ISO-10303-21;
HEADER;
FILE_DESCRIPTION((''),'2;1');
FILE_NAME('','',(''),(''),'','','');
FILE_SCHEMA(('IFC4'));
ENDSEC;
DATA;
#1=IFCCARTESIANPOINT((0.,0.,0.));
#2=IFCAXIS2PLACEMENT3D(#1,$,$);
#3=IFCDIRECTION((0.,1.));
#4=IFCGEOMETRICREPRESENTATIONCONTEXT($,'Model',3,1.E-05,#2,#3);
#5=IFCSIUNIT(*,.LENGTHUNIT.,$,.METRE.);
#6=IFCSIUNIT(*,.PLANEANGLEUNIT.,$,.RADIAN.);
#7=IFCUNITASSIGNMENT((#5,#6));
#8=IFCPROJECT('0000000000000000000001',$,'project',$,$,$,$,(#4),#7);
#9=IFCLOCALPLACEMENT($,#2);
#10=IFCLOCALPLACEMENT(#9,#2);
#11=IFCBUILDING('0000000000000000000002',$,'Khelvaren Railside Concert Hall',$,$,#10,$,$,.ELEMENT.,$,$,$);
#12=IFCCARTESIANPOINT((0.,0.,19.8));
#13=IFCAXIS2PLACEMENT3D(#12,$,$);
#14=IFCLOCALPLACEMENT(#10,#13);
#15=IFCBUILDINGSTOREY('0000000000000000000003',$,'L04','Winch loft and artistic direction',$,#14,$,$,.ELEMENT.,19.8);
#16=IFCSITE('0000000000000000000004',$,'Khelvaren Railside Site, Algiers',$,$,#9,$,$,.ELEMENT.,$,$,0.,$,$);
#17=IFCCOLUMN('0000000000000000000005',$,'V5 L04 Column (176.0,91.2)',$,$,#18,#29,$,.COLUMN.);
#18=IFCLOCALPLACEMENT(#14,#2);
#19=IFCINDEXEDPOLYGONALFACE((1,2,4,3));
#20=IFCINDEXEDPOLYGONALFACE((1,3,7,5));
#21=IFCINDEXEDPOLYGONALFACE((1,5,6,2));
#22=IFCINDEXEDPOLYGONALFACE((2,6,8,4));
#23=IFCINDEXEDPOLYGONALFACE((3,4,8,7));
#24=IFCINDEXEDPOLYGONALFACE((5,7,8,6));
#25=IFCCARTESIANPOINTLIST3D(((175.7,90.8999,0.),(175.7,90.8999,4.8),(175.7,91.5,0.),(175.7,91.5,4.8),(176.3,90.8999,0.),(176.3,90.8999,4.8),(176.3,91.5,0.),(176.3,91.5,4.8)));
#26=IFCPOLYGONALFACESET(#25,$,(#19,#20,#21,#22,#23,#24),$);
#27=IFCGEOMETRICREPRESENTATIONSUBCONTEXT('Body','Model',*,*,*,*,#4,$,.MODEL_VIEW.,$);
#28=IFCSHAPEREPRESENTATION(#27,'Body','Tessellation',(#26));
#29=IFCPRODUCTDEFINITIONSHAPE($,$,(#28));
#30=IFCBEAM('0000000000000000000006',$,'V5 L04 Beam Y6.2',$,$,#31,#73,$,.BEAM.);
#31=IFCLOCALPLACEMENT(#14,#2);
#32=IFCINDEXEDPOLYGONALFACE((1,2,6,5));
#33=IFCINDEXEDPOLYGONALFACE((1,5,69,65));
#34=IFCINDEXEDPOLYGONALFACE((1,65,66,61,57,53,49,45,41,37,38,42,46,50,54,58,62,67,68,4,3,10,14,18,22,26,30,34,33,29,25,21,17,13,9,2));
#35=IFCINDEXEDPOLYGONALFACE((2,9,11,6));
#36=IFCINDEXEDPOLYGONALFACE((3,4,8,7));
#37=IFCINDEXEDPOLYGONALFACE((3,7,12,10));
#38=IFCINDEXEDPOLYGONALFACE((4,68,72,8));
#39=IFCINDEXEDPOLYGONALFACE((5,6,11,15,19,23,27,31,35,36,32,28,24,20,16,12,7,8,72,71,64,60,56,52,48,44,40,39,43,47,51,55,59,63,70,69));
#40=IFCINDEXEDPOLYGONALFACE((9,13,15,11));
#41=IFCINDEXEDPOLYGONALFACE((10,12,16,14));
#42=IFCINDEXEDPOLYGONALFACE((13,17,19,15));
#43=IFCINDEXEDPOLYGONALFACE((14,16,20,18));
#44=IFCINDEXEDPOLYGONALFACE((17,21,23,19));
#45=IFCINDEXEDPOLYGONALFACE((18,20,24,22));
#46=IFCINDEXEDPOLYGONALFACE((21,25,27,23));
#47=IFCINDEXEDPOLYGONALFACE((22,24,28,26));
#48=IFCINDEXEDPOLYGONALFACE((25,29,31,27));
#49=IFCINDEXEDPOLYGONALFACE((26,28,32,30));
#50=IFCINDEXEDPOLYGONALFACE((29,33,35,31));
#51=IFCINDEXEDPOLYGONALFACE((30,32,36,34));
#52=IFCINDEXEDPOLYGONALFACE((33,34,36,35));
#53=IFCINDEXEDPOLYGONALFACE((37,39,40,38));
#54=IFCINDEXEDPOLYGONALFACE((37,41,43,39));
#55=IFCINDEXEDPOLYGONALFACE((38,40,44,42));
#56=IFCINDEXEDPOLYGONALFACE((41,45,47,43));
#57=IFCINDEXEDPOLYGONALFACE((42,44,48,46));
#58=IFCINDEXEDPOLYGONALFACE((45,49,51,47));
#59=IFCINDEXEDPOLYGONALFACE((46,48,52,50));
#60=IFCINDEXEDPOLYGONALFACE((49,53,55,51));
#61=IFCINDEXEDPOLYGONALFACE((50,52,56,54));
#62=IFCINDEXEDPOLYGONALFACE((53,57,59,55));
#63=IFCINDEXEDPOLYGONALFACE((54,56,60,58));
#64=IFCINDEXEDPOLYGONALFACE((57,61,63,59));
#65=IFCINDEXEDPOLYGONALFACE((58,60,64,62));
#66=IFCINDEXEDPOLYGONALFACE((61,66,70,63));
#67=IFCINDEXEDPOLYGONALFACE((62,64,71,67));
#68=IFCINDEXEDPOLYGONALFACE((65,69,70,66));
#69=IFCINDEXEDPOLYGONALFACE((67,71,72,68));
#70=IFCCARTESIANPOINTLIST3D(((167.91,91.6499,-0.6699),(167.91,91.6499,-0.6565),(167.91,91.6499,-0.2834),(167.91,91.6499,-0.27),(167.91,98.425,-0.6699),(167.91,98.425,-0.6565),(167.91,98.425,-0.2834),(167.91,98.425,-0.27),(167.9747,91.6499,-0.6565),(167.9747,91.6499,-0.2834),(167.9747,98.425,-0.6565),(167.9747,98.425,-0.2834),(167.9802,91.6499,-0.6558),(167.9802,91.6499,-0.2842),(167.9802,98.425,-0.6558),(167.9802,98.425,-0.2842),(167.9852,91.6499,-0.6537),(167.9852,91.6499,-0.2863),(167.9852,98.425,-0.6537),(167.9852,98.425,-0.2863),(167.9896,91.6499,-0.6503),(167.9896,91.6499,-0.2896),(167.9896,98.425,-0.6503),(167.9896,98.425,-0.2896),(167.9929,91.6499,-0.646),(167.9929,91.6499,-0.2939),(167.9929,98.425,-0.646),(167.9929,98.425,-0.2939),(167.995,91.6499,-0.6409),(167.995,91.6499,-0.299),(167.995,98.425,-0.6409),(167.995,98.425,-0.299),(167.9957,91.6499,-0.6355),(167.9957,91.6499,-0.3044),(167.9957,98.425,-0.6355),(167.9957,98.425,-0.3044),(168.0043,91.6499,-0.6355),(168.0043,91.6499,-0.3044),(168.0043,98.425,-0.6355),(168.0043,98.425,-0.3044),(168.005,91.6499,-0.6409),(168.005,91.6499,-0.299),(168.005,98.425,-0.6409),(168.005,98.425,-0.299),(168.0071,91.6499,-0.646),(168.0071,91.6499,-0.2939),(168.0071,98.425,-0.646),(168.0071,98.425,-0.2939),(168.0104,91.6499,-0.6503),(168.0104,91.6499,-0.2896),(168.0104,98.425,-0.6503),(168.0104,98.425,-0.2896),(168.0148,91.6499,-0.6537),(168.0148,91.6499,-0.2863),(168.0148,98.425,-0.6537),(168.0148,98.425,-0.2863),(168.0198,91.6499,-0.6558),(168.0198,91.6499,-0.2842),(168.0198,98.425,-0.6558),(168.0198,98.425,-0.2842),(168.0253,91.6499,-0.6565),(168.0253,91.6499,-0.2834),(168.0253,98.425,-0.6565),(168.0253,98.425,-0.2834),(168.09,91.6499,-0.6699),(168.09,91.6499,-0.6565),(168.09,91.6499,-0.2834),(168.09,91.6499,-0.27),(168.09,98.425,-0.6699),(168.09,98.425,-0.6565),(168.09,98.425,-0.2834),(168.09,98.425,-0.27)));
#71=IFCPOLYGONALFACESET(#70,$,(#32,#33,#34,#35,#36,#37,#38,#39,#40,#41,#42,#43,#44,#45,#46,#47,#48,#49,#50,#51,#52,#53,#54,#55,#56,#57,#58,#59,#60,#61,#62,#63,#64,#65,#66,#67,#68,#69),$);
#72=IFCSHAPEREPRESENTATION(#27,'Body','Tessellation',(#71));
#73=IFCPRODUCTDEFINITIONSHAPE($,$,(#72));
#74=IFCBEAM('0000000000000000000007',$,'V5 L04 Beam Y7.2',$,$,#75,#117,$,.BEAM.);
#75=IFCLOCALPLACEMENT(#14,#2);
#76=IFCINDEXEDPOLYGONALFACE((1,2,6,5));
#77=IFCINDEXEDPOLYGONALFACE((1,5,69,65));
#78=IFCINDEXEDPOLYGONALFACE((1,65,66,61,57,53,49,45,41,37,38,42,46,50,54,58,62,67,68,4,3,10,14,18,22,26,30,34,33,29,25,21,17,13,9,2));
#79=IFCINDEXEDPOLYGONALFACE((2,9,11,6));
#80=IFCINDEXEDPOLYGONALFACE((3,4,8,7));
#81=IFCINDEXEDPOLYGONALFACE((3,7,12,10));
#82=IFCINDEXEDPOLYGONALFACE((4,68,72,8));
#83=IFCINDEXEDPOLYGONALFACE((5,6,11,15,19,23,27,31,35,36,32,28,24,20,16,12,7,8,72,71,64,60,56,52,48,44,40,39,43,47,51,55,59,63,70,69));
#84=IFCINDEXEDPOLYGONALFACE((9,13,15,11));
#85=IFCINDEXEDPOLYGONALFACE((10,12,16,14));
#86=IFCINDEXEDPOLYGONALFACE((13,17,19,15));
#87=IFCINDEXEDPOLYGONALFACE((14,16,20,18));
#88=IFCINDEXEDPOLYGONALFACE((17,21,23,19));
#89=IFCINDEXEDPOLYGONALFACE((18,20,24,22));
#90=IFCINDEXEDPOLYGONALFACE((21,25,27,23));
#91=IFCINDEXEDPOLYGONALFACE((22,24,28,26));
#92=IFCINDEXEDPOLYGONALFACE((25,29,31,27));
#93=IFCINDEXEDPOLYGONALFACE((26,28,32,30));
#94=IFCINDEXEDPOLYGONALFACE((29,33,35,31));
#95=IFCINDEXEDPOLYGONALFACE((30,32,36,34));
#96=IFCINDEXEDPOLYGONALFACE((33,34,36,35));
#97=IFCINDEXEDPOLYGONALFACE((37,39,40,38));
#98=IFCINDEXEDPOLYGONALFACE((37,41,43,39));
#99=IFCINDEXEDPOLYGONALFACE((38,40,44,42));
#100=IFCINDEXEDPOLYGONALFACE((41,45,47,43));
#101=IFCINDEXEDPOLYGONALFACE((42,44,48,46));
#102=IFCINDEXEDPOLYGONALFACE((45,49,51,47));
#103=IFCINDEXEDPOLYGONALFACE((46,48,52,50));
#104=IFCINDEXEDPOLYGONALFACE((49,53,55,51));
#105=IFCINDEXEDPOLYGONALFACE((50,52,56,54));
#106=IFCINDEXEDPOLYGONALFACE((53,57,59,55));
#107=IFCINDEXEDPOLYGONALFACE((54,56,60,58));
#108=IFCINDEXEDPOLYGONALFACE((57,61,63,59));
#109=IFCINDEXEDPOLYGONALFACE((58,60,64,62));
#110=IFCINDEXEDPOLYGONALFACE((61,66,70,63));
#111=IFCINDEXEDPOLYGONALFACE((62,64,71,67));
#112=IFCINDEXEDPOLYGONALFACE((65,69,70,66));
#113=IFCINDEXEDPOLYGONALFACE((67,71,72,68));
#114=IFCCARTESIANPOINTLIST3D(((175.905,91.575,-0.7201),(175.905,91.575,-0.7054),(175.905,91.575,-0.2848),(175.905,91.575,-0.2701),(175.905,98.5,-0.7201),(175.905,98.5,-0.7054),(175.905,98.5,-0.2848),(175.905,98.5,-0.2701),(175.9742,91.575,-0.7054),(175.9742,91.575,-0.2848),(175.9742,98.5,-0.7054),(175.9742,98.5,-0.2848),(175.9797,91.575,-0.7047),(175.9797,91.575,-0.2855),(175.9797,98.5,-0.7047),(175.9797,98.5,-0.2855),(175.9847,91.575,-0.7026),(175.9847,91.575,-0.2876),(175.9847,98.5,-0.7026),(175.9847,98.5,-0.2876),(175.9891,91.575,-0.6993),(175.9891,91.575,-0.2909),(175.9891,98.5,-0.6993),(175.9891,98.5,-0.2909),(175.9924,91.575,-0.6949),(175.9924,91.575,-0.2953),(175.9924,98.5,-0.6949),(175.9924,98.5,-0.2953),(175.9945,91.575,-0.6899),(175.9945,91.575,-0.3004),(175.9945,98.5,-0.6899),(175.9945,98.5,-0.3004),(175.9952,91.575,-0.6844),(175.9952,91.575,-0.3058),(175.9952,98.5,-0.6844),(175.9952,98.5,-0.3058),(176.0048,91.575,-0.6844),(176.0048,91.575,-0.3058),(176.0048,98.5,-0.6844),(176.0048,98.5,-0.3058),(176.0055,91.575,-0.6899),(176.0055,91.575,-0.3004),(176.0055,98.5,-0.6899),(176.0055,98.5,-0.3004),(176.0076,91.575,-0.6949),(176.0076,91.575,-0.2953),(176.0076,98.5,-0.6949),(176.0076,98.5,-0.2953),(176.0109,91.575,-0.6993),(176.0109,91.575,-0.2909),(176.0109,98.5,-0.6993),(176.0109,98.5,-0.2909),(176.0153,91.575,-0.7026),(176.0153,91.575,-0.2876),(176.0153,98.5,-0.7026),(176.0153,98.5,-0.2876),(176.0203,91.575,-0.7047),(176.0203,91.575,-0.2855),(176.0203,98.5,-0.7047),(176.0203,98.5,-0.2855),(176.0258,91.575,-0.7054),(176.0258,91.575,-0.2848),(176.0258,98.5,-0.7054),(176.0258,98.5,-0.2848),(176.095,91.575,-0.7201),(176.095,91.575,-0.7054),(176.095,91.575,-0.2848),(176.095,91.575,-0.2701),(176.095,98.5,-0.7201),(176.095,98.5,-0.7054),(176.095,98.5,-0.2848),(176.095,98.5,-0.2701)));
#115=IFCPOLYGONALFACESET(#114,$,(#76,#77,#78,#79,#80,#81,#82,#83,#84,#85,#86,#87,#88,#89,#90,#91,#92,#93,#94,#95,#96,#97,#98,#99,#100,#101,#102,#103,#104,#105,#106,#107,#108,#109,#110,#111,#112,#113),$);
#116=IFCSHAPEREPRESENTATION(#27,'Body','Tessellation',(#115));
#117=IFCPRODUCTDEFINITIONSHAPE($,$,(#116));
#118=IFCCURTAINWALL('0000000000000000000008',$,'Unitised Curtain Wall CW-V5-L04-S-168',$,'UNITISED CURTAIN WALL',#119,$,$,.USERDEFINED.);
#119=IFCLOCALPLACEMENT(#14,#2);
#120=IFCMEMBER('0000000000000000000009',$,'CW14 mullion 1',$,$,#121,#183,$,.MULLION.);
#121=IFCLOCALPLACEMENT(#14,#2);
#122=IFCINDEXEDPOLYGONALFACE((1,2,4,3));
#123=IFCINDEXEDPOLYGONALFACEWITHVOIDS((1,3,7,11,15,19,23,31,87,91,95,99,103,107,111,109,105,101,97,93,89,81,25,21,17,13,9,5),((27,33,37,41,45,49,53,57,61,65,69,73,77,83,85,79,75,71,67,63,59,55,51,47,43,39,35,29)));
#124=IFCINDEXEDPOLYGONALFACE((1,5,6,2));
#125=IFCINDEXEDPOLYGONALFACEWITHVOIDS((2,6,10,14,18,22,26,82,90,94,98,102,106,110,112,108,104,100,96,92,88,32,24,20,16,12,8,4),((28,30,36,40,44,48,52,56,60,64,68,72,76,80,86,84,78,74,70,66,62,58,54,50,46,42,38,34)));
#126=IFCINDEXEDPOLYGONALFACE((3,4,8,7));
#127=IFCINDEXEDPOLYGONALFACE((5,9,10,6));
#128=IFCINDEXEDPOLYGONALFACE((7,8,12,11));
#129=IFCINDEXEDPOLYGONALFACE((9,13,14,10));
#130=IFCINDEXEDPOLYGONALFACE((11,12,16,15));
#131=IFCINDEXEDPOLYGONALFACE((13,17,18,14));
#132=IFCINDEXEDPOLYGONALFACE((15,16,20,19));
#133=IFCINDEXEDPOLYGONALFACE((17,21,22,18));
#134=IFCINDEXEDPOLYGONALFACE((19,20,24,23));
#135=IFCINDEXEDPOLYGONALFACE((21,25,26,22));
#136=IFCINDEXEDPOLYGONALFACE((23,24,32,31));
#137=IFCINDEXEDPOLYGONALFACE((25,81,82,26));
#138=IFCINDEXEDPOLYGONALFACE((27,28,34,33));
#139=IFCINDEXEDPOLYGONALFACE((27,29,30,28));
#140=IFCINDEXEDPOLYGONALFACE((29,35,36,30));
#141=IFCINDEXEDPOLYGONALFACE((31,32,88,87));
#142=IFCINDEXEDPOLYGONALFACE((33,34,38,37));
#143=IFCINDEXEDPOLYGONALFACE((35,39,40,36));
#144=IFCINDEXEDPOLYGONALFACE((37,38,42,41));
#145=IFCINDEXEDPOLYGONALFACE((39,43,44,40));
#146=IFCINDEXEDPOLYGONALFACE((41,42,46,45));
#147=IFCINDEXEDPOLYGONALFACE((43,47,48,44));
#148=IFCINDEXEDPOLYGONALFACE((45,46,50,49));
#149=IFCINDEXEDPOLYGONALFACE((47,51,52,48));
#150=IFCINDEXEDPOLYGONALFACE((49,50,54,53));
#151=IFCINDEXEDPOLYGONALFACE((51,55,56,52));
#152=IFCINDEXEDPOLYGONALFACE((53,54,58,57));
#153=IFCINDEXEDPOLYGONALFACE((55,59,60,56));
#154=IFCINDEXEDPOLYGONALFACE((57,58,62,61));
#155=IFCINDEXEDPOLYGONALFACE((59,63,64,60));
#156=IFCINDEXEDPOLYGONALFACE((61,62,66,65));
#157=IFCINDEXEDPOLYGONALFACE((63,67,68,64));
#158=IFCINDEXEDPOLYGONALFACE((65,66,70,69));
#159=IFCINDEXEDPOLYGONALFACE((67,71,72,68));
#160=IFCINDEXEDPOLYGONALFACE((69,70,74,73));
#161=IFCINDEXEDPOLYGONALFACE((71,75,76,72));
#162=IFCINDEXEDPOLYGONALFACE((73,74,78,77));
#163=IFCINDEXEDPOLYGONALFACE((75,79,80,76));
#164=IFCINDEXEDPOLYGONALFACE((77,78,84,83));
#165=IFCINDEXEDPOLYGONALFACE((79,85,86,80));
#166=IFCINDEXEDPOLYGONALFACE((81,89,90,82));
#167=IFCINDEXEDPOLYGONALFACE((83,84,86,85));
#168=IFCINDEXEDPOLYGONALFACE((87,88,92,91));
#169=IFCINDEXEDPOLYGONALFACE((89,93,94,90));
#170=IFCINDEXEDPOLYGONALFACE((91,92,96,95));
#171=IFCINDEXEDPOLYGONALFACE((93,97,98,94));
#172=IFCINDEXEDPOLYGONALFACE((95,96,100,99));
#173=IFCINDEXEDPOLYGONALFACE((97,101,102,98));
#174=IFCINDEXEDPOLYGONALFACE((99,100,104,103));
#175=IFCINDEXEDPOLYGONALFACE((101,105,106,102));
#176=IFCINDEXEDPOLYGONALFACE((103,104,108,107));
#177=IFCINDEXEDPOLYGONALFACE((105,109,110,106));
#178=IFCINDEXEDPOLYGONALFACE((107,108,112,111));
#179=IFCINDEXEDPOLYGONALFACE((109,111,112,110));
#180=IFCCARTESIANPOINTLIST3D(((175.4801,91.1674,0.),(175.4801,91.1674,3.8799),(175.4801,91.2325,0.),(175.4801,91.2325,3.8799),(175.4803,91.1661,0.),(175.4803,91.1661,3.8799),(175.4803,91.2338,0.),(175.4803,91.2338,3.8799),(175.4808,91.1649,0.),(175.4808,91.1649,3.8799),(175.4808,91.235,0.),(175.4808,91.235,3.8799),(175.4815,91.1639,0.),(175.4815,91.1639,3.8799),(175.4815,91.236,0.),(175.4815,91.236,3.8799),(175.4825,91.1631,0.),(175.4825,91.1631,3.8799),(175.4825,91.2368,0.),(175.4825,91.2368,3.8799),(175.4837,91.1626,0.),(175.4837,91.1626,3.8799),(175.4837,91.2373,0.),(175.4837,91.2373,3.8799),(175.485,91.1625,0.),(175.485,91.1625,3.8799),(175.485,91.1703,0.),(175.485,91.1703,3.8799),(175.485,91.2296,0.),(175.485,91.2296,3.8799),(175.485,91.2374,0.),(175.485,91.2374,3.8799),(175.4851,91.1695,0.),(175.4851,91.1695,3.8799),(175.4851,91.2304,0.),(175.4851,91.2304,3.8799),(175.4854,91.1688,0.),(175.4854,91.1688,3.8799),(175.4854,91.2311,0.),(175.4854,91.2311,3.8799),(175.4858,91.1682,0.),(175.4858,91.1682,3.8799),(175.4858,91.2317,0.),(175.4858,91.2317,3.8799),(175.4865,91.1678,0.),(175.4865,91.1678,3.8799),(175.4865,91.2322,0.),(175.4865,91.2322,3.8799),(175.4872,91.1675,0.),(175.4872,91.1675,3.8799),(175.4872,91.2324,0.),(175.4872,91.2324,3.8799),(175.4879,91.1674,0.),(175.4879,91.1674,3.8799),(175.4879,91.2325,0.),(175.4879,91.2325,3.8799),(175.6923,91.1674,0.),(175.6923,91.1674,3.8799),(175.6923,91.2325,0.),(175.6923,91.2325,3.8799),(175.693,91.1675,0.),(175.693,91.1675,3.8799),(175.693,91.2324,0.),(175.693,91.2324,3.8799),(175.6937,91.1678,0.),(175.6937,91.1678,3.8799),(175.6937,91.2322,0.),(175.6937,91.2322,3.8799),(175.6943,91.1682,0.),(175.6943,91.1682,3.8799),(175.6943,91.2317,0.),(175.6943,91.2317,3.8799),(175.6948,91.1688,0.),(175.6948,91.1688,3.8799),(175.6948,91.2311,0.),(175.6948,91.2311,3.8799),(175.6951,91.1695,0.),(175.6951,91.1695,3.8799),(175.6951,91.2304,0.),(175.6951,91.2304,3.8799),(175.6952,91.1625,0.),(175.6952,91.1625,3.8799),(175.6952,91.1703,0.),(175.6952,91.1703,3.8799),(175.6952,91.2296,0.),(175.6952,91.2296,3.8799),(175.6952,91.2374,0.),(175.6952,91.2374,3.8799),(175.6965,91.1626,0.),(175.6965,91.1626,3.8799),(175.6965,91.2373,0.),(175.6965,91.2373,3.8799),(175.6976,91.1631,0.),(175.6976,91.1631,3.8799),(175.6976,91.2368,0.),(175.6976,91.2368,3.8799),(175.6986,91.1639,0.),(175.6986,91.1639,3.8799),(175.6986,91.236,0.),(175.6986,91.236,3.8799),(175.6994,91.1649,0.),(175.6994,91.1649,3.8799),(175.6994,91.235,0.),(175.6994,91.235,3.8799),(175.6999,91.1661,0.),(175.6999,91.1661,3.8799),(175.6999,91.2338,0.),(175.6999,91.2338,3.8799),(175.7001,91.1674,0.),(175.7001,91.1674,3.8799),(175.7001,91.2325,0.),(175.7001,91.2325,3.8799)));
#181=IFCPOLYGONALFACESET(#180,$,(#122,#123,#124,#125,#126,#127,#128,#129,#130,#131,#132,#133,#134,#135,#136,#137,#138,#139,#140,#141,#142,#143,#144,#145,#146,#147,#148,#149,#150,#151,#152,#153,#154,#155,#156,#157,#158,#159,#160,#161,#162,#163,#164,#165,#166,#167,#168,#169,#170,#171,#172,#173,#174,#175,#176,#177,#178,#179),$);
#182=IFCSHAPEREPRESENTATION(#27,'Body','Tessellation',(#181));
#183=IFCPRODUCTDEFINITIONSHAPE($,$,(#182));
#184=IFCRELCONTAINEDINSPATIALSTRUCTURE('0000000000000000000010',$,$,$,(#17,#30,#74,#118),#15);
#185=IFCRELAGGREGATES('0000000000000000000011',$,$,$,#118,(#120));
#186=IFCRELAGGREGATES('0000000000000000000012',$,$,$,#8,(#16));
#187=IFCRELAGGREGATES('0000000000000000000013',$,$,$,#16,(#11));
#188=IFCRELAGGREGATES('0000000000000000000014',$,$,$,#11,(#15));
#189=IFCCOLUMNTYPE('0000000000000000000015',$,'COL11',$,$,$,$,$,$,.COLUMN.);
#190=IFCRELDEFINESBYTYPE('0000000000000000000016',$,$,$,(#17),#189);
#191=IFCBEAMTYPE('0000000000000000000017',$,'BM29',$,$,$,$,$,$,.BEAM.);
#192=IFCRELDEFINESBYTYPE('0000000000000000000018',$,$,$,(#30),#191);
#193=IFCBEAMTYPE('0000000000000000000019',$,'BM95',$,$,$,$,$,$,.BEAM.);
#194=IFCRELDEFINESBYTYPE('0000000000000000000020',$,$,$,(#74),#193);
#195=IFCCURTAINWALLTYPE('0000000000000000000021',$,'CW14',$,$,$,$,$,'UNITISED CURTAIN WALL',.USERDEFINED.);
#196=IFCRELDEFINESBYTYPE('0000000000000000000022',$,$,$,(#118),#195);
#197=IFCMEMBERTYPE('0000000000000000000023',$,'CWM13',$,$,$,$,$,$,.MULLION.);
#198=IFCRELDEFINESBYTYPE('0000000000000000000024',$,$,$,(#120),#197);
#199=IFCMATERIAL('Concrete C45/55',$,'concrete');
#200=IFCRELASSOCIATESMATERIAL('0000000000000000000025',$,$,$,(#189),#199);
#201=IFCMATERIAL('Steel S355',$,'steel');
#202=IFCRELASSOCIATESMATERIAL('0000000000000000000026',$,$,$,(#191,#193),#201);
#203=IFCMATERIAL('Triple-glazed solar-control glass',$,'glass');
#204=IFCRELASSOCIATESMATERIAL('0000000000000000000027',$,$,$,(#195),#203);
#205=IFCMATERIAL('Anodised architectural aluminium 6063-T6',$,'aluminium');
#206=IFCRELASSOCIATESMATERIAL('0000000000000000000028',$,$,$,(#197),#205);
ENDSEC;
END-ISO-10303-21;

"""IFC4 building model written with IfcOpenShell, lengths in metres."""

from ifc_helpers import new_model, si_unit, direction, frame, origin, origin_2d, place, context, subcontext, project, spatial, rectangle, hollow_rectangle, i_section, extrude, material, material_profile, profile_set, type_object, element, aggregate, save


model = new_model("IFC4")

# Units and contexts
model_context = context("Model", 3, precision=1e-05, world=origin(), true_north=direction((0.0, 1.0)))
body_context = subcontext(model_context, "Body", "Model", "MODEL_VIEW")
ifc_project = project(units=[si_unit("LENGTHUNIT", "METRE"), si_unit("PLANEANGLEUNIT", "RADIAN")], contexts=[model_context])

# Site, building, storey
site_placement = place(None, origin())
site = spatial("IfcSite", under=ifc_project, at=site_placement, Name="Khelvaren Railside Site, Algiers", CompositionType="ELEMENT", RefElevation=0.0)
building_placement = place(site_placement, origin())
building = spatial("IfcBuilding", under=site, at=building_placement, Name="Khelvaren Railside Concert Hall", CompositionType="ELEMENT")
storey_placement = place(building_placement, frame((0.0, 0.0, 19.8)))
storey = spatial("IfcBuildingStorey", under=building, at=storey_placement, Name="L04", Description="Winch loft and artistic direction", CompositionType="ELEMENT", Elevation=19.8)

# Column
ifc_material_1 = material(Name="Concrete C45/55", Category="concrete")
ifc_material_profile_1 = material_profile(ifc_material_1, rectangle(XDim=0.6001, YDim=0.6001, at=origin_2d()), Name="RC 600x600")
ifc_profile_set_1 = profile_set([ifc_material_profile_1], Name="Concrete C45/55")
column_type = type_object("IfcColumnType", Name="COL11", PredefinedType="COLUMN", material=ifc_profile_set_1)
column_placement = place(storey_placement, frame((176.0, 91.2, 0.0), z_axis=(0.0, 0.0, 1.0), x_axis=(1.0, 0.0, 0.0)))
element("IfcColumn", 1, at=column_placement, inside=storey, type_object=column_type, Name="V5 L04 Column (176.0,91.2)", PredefinedType="COLUMN", context=body_context, shape_type="SweptSolid", body=[
    extrude(rectangle(XDim=0.6001, YDim=0.6001, at=origin_2d()), origin(), (0.0, 0.0, 1.0), 4.8),
])

# Beams
ifc_material_2 = material(Name="Steel S355", Category="steel")
ifc_material_profile_2 = material_profile(ifc_material_2, i_section(OverallWidth=0.1799, OverallDepth=0.3999, WebThickness=0.0085, FlangeThickness=0.0134, FilletRadius=0.021, at=origin_2d()), Name="IPE 400")
ifc_profile_set_2 = profile_set([ifc_material_profile_2], Name="Steel S355")
beam_type_1 = type_object("IfcBeamType", Name="BM29", PredefinedType="BEAM", material=ifc_profile_set_2)
beam_1_placement = place(storey_placement, frame((168.0, 91.6499, -0.47), z_axis=(0.0, 1.0, 0.0), x_axis=(-1.0, 0.0, 0.0)))
element("IfcBeam", 2, at=beam_1_placement, inside=storey, type_object=beam_type_1, Name="V5 L04 Beam Y6.2", PredefinedType="BEAM", context=body_context, shape_type="SweptSolid", body=[
    extrude(i_section(OverallWidth=0.1799, OverallDepth=0.3999, WebThickness=0.0085, FlangeThickness=0.0134, FilletRadius=0.021, at=origin_2d()), origin(), (0.0, 0.0, 1.0), 6.7751),
])
ifc_material_profile_3 = material_profile(ifc_material_2, i_section(OverallWidth=0.1899, OverallDepth=0.45, WebThickness=0.0095, FlangeThickness=0.0146, FilletRadius=0.021, at=origin_2d()), Name="IPE 450")
ifc_profile_set_3 = profile_set([ifc_material_profile_3], Name="Steel S355")
beam_type_2 = type_object("IfcBeamType", Name="BM95", PredefinedType="BEAM", material=ifc_profile_set_3)
beam_2_placement = place(storey_placement, frame((176.0, 91.575, -0.4951), z_axis=(0.0, 1.0, 0.0), x_axis=(-1.0, 0.0, 0.0)))
element("IfcBeam", 3, at=beam_2_placement, inside=storey, type_object=beam_type_2, Name="V5 L04 Beam Y7.2", PredefinedType="BEAM", context=body_context, shape_type="SweptSolid", body=[
    extrude(i_section(OverallWidth=0.1899, OverallDepth=0.45, WebThickness=0.0095, FlangeThickness=0.0146, FilletRadius=0.021, at=origin_2d()), origin(), (0.0, 0.0, 1.0), 6.925),
])

# Curtain wall, member
ifc_material_3 = material(Name="Triple-glazed solar-control glass", Category="glass")
curtain_wall_type_1 = type_object("IfcCurtainWallType", Name="CW14", ElementType="UNITISED CURTAIN WALL", PredefinedType="USERDEFINED", material=ifc_material_3)
curtain_wall_1_placement = place(storey_placement, origin())
curtain_wall_1 = element("IfcCurtainWall", 4, at=curtain_wall_1_placement, inside=storey, type_object=curtain_wall_type_1, Name="Unitised Curtain Wall CW-V5-L04-S-168", ObjectType="UNITISED CURTAIN WALL", PredefinedType="USERDEFINED")
ifc_material_4 = material(Name="Anodised architectural aluminium 6063-T6", Category="aluminium")
ifc_material_profile_4 = material_profile(ifc_material_4, hollow_rectangle(XDim=0.075, YDim=0.22, WallThickness=0.0049, InnerFilletRadius=0.0029, OuterFilletRadius=0.0049, at=origin_2d()), Name="CWM 75x220x5")
ifc_profile_set_4 = profile_set([ifc_material_profile_4], Name="Anodised architectural aluminium 6063-T6")
member_type_1 = type_object("IfcMemberType", Name="CWM13", PredefinedType="MULLION", material=ifc_profile_set_4)
member_1_placement = place(storey_placement, frame((175.5901, 91.2, 0.0), z_axis=(0.0, 0.0, 1.0), x_axis=(0.0, -1.0, 0.0)))
member_1 = element("IfcMember", 5, at=member_1_placement, type_object=member_type_1, Name="CW14 mullion 1", PredefinedType="MULLION", context=body_context, shape_type="SweptSolid", body=[
    extrude(hollow_rectangle(XDim=0.075, YDim=0.22, WallThickness=0.0049, InnerFilletRadius=0.0029, OuterFilletRadius=0.0049, at=origin_2d()), origin(), (0.0, 0.0, 1.0), 3.8799),
])

aggregate(curtain_wall_1, [member_1])

save(model, "model.ifc")
